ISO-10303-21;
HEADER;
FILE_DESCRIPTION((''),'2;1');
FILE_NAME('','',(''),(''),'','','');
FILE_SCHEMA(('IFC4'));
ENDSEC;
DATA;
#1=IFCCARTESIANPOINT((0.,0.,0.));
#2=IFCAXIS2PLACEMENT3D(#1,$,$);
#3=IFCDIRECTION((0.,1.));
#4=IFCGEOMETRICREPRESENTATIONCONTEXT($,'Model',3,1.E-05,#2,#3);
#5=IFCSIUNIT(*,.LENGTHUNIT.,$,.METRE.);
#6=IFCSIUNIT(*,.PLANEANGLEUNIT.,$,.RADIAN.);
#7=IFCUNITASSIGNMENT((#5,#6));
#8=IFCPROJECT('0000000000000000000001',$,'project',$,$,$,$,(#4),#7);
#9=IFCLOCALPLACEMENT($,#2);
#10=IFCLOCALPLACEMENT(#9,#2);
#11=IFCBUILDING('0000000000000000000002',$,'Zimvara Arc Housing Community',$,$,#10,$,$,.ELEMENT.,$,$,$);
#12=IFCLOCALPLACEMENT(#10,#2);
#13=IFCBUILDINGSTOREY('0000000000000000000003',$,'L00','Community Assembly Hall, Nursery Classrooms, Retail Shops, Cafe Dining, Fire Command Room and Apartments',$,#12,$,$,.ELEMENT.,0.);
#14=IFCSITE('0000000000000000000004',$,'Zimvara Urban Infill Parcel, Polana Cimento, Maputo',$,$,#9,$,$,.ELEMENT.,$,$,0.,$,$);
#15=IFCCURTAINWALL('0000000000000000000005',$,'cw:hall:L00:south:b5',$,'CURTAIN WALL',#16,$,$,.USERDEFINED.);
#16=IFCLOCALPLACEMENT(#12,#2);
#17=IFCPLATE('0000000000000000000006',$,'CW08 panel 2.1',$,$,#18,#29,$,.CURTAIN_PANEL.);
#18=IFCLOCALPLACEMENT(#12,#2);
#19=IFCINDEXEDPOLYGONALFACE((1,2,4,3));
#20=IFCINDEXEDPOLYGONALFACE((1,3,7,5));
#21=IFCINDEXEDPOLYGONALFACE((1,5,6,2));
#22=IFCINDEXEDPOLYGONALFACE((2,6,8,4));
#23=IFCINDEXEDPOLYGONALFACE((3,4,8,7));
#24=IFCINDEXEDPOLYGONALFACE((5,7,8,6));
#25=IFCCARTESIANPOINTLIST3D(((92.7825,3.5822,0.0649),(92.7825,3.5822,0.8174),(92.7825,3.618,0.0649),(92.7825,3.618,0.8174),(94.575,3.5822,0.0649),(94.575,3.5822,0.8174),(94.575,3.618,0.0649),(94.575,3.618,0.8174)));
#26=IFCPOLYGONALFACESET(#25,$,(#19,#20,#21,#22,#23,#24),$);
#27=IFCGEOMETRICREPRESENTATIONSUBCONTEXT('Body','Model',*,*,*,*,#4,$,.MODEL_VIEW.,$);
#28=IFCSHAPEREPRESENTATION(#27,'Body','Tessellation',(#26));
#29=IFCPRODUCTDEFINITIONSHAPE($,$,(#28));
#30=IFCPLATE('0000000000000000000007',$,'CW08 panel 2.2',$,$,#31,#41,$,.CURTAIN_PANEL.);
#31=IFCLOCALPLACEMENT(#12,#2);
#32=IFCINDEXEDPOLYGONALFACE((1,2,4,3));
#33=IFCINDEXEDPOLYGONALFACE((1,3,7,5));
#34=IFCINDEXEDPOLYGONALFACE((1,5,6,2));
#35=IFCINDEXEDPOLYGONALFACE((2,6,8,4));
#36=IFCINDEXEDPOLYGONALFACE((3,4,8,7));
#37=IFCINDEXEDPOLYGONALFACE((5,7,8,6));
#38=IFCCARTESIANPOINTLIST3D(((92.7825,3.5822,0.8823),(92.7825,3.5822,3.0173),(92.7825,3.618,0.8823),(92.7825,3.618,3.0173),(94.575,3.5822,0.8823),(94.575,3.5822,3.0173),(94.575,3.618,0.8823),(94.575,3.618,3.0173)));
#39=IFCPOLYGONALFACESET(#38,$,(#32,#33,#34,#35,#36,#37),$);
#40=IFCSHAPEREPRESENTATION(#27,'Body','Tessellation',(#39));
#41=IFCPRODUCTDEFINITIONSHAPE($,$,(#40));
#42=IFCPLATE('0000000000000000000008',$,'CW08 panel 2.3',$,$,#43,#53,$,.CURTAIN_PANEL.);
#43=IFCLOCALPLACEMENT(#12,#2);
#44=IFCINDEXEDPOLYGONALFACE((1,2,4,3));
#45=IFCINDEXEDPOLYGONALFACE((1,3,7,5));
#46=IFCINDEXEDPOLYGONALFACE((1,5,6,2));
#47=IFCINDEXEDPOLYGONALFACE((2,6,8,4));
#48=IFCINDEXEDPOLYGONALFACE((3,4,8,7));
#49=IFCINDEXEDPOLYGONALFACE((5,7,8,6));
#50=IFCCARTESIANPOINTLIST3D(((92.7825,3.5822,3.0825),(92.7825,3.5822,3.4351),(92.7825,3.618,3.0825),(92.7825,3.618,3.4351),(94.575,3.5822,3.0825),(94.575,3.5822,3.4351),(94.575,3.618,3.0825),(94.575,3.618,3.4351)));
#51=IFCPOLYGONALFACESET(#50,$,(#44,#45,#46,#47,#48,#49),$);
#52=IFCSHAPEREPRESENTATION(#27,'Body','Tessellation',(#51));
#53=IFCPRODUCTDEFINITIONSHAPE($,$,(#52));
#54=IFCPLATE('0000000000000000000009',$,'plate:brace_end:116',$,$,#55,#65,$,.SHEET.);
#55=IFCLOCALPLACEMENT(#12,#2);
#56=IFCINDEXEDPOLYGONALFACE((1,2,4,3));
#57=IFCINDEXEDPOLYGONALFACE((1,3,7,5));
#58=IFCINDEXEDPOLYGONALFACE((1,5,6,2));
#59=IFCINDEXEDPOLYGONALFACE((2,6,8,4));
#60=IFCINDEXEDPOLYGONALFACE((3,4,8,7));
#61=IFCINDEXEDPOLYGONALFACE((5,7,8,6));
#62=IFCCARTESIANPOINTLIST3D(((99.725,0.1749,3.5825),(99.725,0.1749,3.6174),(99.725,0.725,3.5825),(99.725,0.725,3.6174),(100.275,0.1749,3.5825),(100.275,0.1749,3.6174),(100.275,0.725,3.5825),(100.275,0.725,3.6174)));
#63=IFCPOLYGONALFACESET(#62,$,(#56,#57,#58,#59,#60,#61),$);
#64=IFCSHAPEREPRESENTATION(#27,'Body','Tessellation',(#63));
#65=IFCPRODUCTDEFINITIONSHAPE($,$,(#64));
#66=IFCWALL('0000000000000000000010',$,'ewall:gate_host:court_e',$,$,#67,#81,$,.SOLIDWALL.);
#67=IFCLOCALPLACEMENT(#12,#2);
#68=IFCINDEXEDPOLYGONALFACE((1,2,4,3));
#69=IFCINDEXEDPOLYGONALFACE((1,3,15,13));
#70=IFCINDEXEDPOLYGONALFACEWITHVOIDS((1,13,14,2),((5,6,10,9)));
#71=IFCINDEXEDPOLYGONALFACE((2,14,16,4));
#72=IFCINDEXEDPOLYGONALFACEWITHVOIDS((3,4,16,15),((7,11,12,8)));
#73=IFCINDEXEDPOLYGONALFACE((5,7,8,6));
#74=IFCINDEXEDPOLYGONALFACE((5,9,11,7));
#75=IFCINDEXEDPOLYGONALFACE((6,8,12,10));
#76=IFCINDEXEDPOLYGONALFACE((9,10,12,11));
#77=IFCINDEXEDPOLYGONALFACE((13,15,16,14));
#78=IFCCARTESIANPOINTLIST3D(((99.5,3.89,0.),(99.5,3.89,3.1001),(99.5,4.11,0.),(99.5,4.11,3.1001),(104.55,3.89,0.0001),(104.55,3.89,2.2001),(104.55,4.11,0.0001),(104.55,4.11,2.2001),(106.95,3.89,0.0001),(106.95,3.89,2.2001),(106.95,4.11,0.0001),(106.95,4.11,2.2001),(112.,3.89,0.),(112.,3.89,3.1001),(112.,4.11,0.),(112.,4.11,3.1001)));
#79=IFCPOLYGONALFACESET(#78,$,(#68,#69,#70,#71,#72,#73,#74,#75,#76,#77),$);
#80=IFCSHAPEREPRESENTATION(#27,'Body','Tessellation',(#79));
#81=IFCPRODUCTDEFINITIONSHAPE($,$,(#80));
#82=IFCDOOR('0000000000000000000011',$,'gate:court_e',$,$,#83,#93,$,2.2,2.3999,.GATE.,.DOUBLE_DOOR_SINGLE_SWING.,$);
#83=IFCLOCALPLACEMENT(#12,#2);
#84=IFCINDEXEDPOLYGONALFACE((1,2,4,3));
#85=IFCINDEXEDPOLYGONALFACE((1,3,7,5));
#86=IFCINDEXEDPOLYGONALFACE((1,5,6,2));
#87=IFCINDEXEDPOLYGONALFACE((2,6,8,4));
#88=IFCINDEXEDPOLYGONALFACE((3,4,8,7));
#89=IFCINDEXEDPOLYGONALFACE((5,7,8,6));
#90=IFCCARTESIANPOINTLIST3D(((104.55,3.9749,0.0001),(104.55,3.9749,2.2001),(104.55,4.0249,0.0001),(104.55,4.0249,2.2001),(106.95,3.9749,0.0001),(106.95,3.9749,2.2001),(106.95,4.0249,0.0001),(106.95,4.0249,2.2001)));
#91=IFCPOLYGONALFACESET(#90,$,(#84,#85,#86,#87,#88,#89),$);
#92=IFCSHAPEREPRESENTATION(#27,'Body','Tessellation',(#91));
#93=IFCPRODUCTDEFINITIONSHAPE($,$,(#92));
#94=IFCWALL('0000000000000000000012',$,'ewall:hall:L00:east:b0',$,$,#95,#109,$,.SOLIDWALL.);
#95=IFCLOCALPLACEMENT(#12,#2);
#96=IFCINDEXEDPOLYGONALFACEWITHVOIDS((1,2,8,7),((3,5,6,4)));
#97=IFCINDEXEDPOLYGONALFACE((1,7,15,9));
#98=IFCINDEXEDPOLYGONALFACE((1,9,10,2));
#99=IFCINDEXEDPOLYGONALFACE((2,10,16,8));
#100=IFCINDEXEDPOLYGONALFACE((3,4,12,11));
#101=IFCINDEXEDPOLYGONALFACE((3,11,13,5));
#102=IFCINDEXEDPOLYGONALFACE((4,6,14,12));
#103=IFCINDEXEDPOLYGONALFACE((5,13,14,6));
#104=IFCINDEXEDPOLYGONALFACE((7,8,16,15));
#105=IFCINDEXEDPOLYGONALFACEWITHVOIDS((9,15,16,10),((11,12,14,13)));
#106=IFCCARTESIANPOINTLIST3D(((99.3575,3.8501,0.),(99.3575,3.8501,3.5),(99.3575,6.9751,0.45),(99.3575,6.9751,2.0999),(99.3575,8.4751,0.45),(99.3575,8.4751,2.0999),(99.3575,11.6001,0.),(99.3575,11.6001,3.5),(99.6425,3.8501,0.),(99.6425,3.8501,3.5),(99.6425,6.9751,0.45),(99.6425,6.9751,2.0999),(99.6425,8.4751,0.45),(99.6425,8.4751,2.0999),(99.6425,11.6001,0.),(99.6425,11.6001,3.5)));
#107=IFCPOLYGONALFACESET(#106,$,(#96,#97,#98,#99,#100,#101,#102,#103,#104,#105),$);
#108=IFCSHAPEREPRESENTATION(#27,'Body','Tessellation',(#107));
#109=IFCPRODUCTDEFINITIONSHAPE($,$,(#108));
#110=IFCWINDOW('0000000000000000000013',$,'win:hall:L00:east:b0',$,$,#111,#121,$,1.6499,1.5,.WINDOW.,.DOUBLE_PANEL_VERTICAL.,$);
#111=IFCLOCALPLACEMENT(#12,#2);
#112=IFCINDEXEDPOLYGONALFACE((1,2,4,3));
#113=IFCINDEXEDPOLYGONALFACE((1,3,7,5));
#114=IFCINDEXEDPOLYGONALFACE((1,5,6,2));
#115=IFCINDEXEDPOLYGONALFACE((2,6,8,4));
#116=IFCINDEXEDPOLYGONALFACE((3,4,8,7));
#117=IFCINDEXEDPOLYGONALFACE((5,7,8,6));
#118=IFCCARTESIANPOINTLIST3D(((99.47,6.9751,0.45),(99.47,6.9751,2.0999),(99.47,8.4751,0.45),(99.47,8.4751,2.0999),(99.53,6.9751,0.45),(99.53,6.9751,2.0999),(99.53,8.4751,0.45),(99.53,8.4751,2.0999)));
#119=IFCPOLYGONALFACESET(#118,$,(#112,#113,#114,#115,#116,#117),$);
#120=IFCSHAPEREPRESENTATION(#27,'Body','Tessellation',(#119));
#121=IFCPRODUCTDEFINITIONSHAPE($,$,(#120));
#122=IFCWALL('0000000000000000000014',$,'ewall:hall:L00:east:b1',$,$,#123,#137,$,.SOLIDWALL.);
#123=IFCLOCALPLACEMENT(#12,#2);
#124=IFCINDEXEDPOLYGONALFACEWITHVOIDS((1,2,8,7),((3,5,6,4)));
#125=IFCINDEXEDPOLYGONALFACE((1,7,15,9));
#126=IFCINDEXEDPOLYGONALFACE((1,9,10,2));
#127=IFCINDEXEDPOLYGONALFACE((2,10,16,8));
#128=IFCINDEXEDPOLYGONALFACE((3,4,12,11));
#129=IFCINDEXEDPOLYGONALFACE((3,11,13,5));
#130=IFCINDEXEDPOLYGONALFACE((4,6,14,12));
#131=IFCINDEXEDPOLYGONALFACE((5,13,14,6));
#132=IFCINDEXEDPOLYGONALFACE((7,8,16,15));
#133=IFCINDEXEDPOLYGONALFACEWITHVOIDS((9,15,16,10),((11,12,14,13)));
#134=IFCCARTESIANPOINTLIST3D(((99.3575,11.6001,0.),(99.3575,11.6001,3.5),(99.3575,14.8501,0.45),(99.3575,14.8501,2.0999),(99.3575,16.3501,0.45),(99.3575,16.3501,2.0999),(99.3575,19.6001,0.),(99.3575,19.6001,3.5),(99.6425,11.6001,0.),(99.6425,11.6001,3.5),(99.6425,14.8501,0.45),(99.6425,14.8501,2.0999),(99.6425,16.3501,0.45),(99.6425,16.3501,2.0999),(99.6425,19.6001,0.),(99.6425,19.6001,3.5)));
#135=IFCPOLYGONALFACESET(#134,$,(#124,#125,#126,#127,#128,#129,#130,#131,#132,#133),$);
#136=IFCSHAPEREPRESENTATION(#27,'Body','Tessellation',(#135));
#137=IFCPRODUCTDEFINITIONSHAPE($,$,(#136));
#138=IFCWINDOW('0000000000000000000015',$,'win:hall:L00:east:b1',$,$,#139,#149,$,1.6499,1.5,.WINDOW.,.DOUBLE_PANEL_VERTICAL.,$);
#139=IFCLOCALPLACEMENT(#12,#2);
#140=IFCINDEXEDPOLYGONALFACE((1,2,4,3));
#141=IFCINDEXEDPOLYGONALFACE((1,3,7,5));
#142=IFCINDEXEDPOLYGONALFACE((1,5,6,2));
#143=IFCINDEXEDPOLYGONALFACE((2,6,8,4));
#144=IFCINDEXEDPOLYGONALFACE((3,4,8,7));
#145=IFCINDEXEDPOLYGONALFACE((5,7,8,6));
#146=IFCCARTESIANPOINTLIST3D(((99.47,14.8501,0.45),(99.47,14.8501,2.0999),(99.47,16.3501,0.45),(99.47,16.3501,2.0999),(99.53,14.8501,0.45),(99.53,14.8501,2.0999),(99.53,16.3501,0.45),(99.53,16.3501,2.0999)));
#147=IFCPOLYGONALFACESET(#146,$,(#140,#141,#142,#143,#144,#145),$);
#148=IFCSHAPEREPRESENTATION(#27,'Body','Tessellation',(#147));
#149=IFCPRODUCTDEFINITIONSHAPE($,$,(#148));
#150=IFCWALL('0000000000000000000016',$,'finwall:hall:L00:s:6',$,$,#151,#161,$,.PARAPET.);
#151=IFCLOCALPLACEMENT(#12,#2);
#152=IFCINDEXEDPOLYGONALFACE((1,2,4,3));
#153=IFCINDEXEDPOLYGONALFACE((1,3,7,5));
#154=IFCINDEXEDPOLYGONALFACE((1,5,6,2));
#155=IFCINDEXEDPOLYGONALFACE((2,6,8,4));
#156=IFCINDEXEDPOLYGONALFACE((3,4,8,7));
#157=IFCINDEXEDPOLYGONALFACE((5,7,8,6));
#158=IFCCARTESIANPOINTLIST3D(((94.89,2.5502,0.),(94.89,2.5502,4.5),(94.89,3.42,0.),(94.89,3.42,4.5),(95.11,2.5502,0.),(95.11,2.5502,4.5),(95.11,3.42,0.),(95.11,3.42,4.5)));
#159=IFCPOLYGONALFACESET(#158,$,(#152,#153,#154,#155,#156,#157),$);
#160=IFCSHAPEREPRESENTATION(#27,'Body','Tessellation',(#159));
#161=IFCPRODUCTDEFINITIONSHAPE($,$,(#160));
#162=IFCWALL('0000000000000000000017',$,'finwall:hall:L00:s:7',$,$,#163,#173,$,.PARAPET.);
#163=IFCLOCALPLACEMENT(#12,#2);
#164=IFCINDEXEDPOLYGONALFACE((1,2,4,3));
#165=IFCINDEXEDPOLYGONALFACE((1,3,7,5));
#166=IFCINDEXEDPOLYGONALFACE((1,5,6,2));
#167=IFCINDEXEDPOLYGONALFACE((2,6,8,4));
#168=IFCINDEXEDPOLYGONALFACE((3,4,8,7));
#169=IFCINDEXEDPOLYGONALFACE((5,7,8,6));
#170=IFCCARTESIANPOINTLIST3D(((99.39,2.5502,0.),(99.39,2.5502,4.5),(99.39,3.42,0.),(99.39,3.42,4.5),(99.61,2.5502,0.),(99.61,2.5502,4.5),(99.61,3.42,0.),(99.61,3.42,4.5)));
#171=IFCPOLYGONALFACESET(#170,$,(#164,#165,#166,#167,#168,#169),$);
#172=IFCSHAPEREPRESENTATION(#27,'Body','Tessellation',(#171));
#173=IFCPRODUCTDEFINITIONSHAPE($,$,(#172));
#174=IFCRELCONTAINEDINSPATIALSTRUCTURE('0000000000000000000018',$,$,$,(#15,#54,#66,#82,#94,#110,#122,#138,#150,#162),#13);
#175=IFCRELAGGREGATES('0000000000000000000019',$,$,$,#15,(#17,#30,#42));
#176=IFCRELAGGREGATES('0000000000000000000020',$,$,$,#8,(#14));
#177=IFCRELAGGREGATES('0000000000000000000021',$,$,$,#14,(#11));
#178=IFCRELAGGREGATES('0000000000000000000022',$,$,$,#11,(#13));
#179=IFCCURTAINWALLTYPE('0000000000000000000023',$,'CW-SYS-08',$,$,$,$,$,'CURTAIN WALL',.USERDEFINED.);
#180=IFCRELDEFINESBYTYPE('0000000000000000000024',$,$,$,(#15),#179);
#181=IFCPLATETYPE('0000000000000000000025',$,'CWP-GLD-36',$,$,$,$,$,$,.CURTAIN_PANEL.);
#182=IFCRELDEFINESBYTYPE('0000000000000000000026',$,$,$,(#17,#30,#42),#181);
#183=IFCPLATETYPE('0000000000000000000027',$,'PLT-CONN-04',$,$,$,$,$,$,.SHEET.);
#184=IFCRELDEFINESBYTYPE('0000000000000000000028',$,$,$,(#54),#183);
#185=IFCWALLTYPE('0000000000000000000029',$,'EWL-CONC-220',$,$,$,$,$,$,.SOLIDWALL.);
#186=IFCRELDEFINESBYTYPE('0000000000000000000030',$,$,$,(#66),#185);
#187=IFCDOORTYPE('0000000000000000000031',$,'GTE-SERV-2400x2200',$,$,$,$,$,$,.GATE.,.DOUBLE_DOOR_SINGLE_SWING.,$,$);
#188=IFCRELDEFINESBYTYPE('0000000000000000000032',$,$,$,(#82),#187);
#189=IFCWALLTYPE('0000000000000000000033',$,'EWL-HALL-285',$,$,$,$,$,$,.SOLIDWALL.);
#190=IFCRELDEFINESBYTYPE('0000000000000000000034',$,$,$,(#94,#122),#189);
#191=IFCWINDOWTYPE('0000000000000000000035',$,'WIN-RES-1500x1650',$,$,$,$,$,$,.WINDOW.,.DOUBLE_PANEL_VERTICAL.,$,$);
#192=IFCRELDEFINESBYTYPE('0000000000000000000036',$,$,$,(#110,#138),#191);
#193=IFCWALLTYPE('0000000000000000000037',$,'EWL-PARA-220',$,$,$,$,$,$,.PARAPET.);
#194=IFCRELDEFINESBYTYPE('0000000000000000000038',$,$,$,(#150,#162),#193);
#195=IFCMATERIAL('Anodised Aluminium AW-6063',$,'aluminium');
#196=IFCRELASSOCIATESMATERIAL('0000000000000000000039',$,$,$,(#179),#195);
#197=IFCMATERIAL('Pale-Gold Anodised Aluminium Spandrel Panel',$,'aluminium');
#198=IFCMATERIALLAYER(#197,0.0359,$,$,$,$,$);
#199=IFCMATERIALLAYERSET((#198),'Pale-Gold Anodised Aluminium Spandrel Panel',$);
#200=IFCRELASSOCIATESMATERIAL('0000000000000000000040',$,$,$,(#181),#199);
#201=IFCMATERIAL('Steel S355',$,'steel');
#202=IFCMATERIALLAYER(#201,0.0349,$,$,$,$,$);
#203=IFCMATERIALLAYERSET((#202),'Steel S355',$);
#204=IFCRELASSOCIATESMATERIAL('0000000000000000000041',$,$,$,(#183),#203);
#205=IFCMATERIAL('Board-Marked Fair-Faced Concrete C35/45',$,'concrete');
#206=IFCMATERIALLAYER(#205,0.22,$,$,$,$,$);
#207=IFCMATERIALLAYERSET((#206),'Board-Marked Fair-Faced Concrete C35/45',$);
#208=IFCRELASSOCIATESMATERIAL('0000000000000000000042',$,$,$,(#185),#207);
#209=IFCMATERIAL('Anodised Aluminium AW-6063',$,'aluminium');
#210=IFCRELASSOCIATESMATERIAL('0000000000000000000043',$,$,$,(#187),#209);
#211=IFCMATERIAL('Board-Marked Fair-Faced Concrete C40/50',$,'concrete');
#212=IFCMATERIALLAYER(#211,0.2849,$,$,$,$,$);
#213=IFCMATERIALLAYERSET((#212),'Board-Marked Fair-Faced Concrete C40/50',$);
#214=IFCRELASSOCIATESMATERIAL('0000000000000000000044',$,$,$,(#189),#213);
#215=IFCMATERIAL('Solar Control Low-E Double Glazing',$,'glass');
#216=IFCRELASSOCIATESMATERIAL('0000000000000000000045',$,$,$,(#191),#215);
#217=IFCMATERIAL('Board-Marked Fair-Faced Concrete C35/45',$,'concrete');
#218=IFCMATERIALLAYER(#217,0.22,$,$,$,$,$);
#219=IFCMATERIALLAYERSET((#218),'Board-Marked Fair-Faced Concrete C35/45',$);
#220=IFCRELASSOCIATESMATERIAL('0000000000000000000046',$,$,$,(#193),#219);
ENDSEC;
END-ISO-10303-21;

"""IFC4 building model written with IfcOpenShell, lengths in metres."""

from ifc_helpers import new_model, si_unit, direction, frame, frame_2d, origin, origin_2d, place, context, subcontext, project, spatial, rectangle, extrude, material, layer, layer_set, type_object, element, fill, aggregate, save


model = new_model("IFC4")

# Units and contexts
model_context = context("Model", 3, precision=1e-05, world=origin(), true_north=direction((0.0, 1.0)))
body_context = subcontext(model_context, "Body", "Model", "MODEL_VIEW")
ifc_project = project(units=[si_unit("LENGTHUNIT", "METRE"), si_unit("PLANEANGLEUNIT", "RADIAN")], contexts=[model_context])

# Site, building, storey
site_placement = place(None, origin())
site = spatial("IfcSite", under=ifc_project, at=site_placement, Name="Zimvara Urban Infill Parcel, Polana Cimento, Maputo", CompositionType="ELEMENT", RefElevation=0.0)
building_placement = place(site_placement, origin())
building = spatial("IfcBuilding", under=site, at=building_placement, Name="Zimvara Arc Housing Community", CompositionType="ELEMENT")
storey_placement = place(building_placement, origin())
storey = spatial("IfcBuildingStorey", under=building, at=storey_placement, Name="L00", Description="Community Assembly Hall, Nursery Classrooms, Retail Shops, Cafe Dining, Fire Command Room and Apartments", CompositionType="ELEMENT", Elevation=0.0)

# Curtain wall
ifc_material_1 = material(Name="Anodised Aluminium AW-6063", Category="aluminium")
curtain_wall_type = type_object("IfcCurtainWallType", Name="CW-SYS-08", ElementType="CURTAIN WALL", PredefinedType="USERDEFINED", material=ifc_material_1)
curtain_wall_placement = place(storey_placement, origin())
curtain_wall = element("IfcCurtainWall", 1, at=curtain_wall_placement, inside=storey, type_object=curtain_wall_type, Name="cw:hall:L00:south:b5", ObjectType="CURTAIN WALL", PredefinedType="USERDEFINED")

# Plates
ifc_material_2 = material(Name="Pale-Gold Anodised Aluminium Spandrel Panel", Category="aluminium")
ifc_layer_1 = layer(ifc_material_2, 0.0359)
ifc_layer_set_1 = layer_set([ifc_layer_1], Name="Pale-Gold Anodised Aluminium Spandrel Panel")
plate_type_1 = type_object("IfcPlateType", Name="CWP-GLD-36", PredefinedType="CURTAIN_PANEL", material=ifc_layer_set_1)
plate_1_placement = place(storey_placement, frame((93.6787, 3.6001, 0.0649), z_axis=(0.0, 0.0, 1.0), x_axis=(1.0, 0.0, 0.0)))
plate_1 = element("IfcPlate", 2, at=plate_1_placement, type_object=plate_type_1, Name="CW08 panel 2.1", PredefinedType="CURTAIN_PANEL", context=body_context, shape_type="SweptSolid", body=[
    extrude(rectangle(XDim=1.7925, YDim=0.0359, at=origin_2d()), origin(), (0.0, 0.0, 1.0), 0.7524),
])
plate_2_placement = place(storey_placement, frame((93.6787, 3.6001, 0.8823), z_axis=(0.0, 0.0, 1.0), x_axis=(1.0, 0.0, 0.0)))
plate_2 = element("IfcPlate", 3, at=plate_2_placement, type_object=plate_type_1, Name="CW08 panel 2.2", PredefinedType="CURTAIN_PANEL", context=body_context, shape_type="SweptSolid", body=[
    extrude(rectangle(XDim=1.7925, YDim=0.0359, at=origin_2d()), origin(), (0.0, 0.0, 1.0), 2.135),
])
plate_3_placement = place(storey_placement, frame((93.6787, 3.6001, 3.0825), z_axis=(0.0, 0.0, 1.0), x_axis=(1.0, 0.0, 0.0)))
plate_3 = element("IfcPlate", 4, at=plate_3_placement, type_object=plate_type_1, Name="CW08 panel 2.3", PredefinedType="CURTAIN_PANEL", context=body_context, shape_type="SweptSolid", body=[
    extrude(rectangle(XDim=1.7925, YDim=0.0359, at=origin_2d()), origin(), (0.0, 0.0, 1.0), 0.3525),
])
aggregate(curtain_wall, [plate_1, plate_2, plate_3])
ifc_material_3 = material(Name="Steel S355", Category="steel")
ifc_layer_2 = layer(ifc_material_3, 0.0349)
ifc_layer_set_2 = layer_set([ifc_layer_2], Name="Steel S355")
plate_type_2 = type_object("IfcPlateType", Name="PLT-CONN-04", PredefinedType="SHEET", material=ifc_layer_set_2)
plate_4_placement = place(storey_placement, frame((100.0, 0.45, 3.5825), z_axis=(0.0, 0.0, 1.0), x_axis=(1.0, 0.0, 0.0)))
element("IfcPlate", 5, at=plate_4_placement, inside=storey, type_object=plate_type_2, Name="plate:brace_end:116", PredefinedType="SHEET", context=body_context, shape_type="SweptSolid", body=[
    extrude(rectangle(XDim=0.55, YDim=0.55, at=origin_2d()), origin(), (0.0, 0.0, 1.0), 0.0349),
])

# Wall, opening, door
ifc_material_4 = material(Name="Board-Marked Fair-Faced Concrete C35/45", Category="concrete")
ifc_layer_3 = layer(ifc_material_4, 0.22)
ifc_layer_set_3 = layer_set([ifc_layer_3], Name="Board-Marked Fair-Faced Concrete C35/45")
wall_type_1 = type_object("IfcWallType", Name="EWL-CONC-220", PredefinedType="SOLIDWALL", material=ifc_layer_set_3)
wall_1_placement = place(storey_placement, frame((99.5, 4.0, 0.0), z_axis=(0.0, 0.0, 1.0), x_axis=(1.0, 0.0, 0.0)))
wall_1 = element("IfcWall", 6, at=wall_1_placement, inside=storey, type_object=wall_type_1, Name="ewall:gate_host:court_e", PredefinedType="SOLIDWALL", context=body_context, shape_type="SweptSolid", body=[
    extrude(rectangle(XDim=12.5, YDim=0.22, at=frame_2d((6.25, 0.0))), origin(), (0.0, 0.0, 1.0), 3.1001),
])
opening_1_placement = place(wall_1_placement, frame((5.05, 0.0, 0.0)))
opening_1 = element("IfcOpeningElement", 7, at=opening_1_placement, cuts=wall_1, PredefinedType="OPENING", context=body_context, shape_type="SweptSolid", body=[
    extrude(rectangle(XDim=2.3999, YDim=2.2, at=frame_2d((1.2, 1.1001))), frame((0.0, 0.1199, 0.0), z_axis=(0.0, -1.0, 0.0), x_axis=(1.0, 0.0, 0.0)), (0.0, 0.0, 1.0), 0.24),
])
ifc_material_5 = material(Name="Anodised Aluminium AW-6063", Category="aluminium")
door_type_1 = type_object("IfcDoorType", Name="GTE-SERV-2400x2200", OperationType="DOUBLE_DOOR_SINGLE_SWING", PredefinedType="GATE", material=ifc_material_5)
door_1_placement = place(opening_1_placement, origin())
door_1 = element("IfcDoor", 8, at=door_1_placement, inside=storey, type_object=door_type_1, Name="gate:court_e", OperationType="DOUBLE_DOOR_SINGLE_SWING", OverallHeight=2.2, OverallWidth=2.3999, PredefinedType="GATE", context=body_context, shape_type="SweptSolid", body=[
    extrude(rectangle(XDim=2.3999, YDim=2.2, at=frame_2d((1.2, 1.1001))), frame((0.0, 0.0249, 0.0), z_axis=(0.0, -1.0, 0.0), x_axis=(1.0, 0.0, 0.0)), (0.0, 0.0, 1.0), 0.05),
])
fill(opening_1, door_1)
ifc_material_6 = material(Name="Board-Marked Fair-Faced Concrete C40/50", Category="concrete")
ifc_layer_4 = layer(ifc_material_6, 0.2849)
ifc_layer_set_4 = layer_set([ifc_layer_4], Name="Board-Marked Fair-Faced Concrete C40/50")
wall_type_2 = type_object("IfcWallType", Name="EWL-HALL-285", PredefinedType="SOLIDWALL", material=ifc_layer_set_4)

# Walls, openings, windows
wall_2_placement = place(storey_placement, frame((99.5, 3.8501, 0.0), z_axis=(0.0, 0.0, 1.0), x_axis=(0.0, 1.0, 0.0)))
wall_2 = element("IfcWall", 9, at=wall_2_placement, inside=storey, type_object=wall_type_2, Name="ewall:hall:L00:east:b0", PredefinedType="SOLIDWALL", context=body_context, shape_type="SweptSolid", body=[
    extrude(rectangle(XDim=7.75, YDim=0.2849, at=frame_2d((3.875, 0.0))), origin(), (0.0, 0.0, 1.0), 3.5),
])
opening_2_placement = place(wall_2_placement, frame((3.125, 0.0, 0.45)))
opening_2 = element("IfcOpeningElement", 10, at=opening_2_placement, cuts=wall_2, PredefinedType="OPENING", context=body_context, shape_type="SweptSolid", body=[
    extrude(rectangle(XDim=1.5, YDim=1.6499, at=frame_2d((0.75, 0.825))), frame((0.0, 0.1523, 0.0), z_axis=(0.0, -1.0, 0.0), x_axis=(1.0, 0.0, 0.0)), (0.0, 0.0, 1.0), 0.3049),
])
ifc_material_7 = material(Name="Solar Control Low-E Double Glazing", Category="glass")
window_type = type_object("IfcWindowType", Name="WIN-RES-1500x1650", PartitioningType="DOUBLE_PANEL_VERTICAL", PredefinedType="WINDOW", material=ifc_material_7)
window_1_placement = place(opening_2_placement, origin())
window_1 = element("IfcWindow", 11, at=window_1_placement, inside=storey, type_object=window_type, Name="win:hall:L00:east:b0", OverallHeight=1.6499, OverallWidth=1.5, PartitioningType="DOUBLE_PANEL_VERTICAL", PredefinedType="WINDOW", context=body_context, shape_type="SweptSolid", body=[
    extrude(rectangle(XDim=1.5, YDim=1.6499, at=frame_2d((0.75, 0.825))), frame((0.0, 0.03, 0.0), z_axis=(0.0, -1.0, 0.0), x_axis=(1.0, 0.0, 0.0)), (0.0, 0.0, 1.0), 0.0601),
])
fill(opening_2, window_1)
wall_3_placement = place(storey_placement, frame((99.5, 11.6001, 0.0), z_axis=(0.0, 0.0, 1.0), x_axis=(0.0, 1.0, 0.0)))
wall_3 = element("IfcWall", 12, at=wall_3_placement, inside=storey, type_object=wall_type_2, Name="ewall:hall:L00:east:b1", PredefinedType="SOLIDWALL", context=body_context, shape_type="SweptSolid", body=[
    extrude(rectangle(XDim=8.0, YDim=0.2849, at=frame_2d((4.0, 0.0))), origin(), (0.0, 0.0, 1.0), 3.5),
])
opening_3_placement = place(wall_3_placement, frame((3.25, 0.0, 0.45)))
opening_3 = element("IfcOpeningElement", 13, at=opening_3_placement, cuts=wall_3, PredefinedType="OPENING", context=body_context, shape_type="SweptSolid", body=[
    extrude(rectangle(XDim=1.5, YDim=1.6499, at=frame_2d((0.75, 0.825))), frame((0.0, 0.1523, 0.0), z_axis=(0.0, -1.0, 0.0), x_axis=(1.0, 0.0, 0.0)), (0.0, 0.0, 1.0), 0.3049),
])
window_2_placement = place(opening_3_placement, origin())
window_2 = element("IfcWindow", 14, at=window_2_placement, inside=storey, type_object=window_type, Name="win:hall:L00:east:b1", OverallHeight=1.6499, OverallWidth=1.5, PartitioningType="DOUBLE_PANEL_VERTICAL", PredefinedType="WINDOW", context=body_context, shape_type="SweptSolid", body=[
    extrude(rectangle(XDim=1.5, YDim=1.6499, at=frame_2d((0.75, 0.825))), frame((0.0, 0.03, 0.0), z_axis=(0.0, -1.0, 0.0), x_axis=(1.0, 0.0, 0.0)), (0.0, 0.0, 1.0), 0.0601),
])
fill(opening_3, window_2)

# Walls
ifc_material_8 = material(Name="Board-Marked Fair-Faced Concrete C35/45", Category="concrete")
ifc_layer_5 = layer(ifc_material_8, 0.22)
ifc_layer_set_5 = layer_set([ifc_layer_5], Name="Board-Marked Fair-Faced Concrete C35/45")
wall_type_3 = type_object("IfcWallType", Name="EWL-PARA-220", PredefinedType="PARAPET", material=ifc_layer_set_5)
for number, where, z_axis, x_axis, name in (
    (15, (95.0, 2.55, 0.0), (0.0, 0.0, 1.0), (0.0, 1.0, 0.0), "finwall:hall:L00:s:6"),
    (16, (99.5, 2.55, 0.0), (0.0, 0.0, 1.0), (0.0, 1.0, 0.0), "finwall:hall:L00:s:7"),
):
    element("IfcWall", number, at=place(storey_placement, frame(where, z_axis=z_axis, x_axis=x_axis)), inside=storey, type_object=wall_type_3, Name=name, PredefinedType="PARAPET", context=body_context, shape_type="SweptSolid", body=[
        extrude(rectangle(XDim=0.8699, YDim=0.22, at=frame_2d((0.4351, 0.0))), origin(), (0.0, 0.0, 1.0), 4.5),
    ])

save(model, "model.ifc")
